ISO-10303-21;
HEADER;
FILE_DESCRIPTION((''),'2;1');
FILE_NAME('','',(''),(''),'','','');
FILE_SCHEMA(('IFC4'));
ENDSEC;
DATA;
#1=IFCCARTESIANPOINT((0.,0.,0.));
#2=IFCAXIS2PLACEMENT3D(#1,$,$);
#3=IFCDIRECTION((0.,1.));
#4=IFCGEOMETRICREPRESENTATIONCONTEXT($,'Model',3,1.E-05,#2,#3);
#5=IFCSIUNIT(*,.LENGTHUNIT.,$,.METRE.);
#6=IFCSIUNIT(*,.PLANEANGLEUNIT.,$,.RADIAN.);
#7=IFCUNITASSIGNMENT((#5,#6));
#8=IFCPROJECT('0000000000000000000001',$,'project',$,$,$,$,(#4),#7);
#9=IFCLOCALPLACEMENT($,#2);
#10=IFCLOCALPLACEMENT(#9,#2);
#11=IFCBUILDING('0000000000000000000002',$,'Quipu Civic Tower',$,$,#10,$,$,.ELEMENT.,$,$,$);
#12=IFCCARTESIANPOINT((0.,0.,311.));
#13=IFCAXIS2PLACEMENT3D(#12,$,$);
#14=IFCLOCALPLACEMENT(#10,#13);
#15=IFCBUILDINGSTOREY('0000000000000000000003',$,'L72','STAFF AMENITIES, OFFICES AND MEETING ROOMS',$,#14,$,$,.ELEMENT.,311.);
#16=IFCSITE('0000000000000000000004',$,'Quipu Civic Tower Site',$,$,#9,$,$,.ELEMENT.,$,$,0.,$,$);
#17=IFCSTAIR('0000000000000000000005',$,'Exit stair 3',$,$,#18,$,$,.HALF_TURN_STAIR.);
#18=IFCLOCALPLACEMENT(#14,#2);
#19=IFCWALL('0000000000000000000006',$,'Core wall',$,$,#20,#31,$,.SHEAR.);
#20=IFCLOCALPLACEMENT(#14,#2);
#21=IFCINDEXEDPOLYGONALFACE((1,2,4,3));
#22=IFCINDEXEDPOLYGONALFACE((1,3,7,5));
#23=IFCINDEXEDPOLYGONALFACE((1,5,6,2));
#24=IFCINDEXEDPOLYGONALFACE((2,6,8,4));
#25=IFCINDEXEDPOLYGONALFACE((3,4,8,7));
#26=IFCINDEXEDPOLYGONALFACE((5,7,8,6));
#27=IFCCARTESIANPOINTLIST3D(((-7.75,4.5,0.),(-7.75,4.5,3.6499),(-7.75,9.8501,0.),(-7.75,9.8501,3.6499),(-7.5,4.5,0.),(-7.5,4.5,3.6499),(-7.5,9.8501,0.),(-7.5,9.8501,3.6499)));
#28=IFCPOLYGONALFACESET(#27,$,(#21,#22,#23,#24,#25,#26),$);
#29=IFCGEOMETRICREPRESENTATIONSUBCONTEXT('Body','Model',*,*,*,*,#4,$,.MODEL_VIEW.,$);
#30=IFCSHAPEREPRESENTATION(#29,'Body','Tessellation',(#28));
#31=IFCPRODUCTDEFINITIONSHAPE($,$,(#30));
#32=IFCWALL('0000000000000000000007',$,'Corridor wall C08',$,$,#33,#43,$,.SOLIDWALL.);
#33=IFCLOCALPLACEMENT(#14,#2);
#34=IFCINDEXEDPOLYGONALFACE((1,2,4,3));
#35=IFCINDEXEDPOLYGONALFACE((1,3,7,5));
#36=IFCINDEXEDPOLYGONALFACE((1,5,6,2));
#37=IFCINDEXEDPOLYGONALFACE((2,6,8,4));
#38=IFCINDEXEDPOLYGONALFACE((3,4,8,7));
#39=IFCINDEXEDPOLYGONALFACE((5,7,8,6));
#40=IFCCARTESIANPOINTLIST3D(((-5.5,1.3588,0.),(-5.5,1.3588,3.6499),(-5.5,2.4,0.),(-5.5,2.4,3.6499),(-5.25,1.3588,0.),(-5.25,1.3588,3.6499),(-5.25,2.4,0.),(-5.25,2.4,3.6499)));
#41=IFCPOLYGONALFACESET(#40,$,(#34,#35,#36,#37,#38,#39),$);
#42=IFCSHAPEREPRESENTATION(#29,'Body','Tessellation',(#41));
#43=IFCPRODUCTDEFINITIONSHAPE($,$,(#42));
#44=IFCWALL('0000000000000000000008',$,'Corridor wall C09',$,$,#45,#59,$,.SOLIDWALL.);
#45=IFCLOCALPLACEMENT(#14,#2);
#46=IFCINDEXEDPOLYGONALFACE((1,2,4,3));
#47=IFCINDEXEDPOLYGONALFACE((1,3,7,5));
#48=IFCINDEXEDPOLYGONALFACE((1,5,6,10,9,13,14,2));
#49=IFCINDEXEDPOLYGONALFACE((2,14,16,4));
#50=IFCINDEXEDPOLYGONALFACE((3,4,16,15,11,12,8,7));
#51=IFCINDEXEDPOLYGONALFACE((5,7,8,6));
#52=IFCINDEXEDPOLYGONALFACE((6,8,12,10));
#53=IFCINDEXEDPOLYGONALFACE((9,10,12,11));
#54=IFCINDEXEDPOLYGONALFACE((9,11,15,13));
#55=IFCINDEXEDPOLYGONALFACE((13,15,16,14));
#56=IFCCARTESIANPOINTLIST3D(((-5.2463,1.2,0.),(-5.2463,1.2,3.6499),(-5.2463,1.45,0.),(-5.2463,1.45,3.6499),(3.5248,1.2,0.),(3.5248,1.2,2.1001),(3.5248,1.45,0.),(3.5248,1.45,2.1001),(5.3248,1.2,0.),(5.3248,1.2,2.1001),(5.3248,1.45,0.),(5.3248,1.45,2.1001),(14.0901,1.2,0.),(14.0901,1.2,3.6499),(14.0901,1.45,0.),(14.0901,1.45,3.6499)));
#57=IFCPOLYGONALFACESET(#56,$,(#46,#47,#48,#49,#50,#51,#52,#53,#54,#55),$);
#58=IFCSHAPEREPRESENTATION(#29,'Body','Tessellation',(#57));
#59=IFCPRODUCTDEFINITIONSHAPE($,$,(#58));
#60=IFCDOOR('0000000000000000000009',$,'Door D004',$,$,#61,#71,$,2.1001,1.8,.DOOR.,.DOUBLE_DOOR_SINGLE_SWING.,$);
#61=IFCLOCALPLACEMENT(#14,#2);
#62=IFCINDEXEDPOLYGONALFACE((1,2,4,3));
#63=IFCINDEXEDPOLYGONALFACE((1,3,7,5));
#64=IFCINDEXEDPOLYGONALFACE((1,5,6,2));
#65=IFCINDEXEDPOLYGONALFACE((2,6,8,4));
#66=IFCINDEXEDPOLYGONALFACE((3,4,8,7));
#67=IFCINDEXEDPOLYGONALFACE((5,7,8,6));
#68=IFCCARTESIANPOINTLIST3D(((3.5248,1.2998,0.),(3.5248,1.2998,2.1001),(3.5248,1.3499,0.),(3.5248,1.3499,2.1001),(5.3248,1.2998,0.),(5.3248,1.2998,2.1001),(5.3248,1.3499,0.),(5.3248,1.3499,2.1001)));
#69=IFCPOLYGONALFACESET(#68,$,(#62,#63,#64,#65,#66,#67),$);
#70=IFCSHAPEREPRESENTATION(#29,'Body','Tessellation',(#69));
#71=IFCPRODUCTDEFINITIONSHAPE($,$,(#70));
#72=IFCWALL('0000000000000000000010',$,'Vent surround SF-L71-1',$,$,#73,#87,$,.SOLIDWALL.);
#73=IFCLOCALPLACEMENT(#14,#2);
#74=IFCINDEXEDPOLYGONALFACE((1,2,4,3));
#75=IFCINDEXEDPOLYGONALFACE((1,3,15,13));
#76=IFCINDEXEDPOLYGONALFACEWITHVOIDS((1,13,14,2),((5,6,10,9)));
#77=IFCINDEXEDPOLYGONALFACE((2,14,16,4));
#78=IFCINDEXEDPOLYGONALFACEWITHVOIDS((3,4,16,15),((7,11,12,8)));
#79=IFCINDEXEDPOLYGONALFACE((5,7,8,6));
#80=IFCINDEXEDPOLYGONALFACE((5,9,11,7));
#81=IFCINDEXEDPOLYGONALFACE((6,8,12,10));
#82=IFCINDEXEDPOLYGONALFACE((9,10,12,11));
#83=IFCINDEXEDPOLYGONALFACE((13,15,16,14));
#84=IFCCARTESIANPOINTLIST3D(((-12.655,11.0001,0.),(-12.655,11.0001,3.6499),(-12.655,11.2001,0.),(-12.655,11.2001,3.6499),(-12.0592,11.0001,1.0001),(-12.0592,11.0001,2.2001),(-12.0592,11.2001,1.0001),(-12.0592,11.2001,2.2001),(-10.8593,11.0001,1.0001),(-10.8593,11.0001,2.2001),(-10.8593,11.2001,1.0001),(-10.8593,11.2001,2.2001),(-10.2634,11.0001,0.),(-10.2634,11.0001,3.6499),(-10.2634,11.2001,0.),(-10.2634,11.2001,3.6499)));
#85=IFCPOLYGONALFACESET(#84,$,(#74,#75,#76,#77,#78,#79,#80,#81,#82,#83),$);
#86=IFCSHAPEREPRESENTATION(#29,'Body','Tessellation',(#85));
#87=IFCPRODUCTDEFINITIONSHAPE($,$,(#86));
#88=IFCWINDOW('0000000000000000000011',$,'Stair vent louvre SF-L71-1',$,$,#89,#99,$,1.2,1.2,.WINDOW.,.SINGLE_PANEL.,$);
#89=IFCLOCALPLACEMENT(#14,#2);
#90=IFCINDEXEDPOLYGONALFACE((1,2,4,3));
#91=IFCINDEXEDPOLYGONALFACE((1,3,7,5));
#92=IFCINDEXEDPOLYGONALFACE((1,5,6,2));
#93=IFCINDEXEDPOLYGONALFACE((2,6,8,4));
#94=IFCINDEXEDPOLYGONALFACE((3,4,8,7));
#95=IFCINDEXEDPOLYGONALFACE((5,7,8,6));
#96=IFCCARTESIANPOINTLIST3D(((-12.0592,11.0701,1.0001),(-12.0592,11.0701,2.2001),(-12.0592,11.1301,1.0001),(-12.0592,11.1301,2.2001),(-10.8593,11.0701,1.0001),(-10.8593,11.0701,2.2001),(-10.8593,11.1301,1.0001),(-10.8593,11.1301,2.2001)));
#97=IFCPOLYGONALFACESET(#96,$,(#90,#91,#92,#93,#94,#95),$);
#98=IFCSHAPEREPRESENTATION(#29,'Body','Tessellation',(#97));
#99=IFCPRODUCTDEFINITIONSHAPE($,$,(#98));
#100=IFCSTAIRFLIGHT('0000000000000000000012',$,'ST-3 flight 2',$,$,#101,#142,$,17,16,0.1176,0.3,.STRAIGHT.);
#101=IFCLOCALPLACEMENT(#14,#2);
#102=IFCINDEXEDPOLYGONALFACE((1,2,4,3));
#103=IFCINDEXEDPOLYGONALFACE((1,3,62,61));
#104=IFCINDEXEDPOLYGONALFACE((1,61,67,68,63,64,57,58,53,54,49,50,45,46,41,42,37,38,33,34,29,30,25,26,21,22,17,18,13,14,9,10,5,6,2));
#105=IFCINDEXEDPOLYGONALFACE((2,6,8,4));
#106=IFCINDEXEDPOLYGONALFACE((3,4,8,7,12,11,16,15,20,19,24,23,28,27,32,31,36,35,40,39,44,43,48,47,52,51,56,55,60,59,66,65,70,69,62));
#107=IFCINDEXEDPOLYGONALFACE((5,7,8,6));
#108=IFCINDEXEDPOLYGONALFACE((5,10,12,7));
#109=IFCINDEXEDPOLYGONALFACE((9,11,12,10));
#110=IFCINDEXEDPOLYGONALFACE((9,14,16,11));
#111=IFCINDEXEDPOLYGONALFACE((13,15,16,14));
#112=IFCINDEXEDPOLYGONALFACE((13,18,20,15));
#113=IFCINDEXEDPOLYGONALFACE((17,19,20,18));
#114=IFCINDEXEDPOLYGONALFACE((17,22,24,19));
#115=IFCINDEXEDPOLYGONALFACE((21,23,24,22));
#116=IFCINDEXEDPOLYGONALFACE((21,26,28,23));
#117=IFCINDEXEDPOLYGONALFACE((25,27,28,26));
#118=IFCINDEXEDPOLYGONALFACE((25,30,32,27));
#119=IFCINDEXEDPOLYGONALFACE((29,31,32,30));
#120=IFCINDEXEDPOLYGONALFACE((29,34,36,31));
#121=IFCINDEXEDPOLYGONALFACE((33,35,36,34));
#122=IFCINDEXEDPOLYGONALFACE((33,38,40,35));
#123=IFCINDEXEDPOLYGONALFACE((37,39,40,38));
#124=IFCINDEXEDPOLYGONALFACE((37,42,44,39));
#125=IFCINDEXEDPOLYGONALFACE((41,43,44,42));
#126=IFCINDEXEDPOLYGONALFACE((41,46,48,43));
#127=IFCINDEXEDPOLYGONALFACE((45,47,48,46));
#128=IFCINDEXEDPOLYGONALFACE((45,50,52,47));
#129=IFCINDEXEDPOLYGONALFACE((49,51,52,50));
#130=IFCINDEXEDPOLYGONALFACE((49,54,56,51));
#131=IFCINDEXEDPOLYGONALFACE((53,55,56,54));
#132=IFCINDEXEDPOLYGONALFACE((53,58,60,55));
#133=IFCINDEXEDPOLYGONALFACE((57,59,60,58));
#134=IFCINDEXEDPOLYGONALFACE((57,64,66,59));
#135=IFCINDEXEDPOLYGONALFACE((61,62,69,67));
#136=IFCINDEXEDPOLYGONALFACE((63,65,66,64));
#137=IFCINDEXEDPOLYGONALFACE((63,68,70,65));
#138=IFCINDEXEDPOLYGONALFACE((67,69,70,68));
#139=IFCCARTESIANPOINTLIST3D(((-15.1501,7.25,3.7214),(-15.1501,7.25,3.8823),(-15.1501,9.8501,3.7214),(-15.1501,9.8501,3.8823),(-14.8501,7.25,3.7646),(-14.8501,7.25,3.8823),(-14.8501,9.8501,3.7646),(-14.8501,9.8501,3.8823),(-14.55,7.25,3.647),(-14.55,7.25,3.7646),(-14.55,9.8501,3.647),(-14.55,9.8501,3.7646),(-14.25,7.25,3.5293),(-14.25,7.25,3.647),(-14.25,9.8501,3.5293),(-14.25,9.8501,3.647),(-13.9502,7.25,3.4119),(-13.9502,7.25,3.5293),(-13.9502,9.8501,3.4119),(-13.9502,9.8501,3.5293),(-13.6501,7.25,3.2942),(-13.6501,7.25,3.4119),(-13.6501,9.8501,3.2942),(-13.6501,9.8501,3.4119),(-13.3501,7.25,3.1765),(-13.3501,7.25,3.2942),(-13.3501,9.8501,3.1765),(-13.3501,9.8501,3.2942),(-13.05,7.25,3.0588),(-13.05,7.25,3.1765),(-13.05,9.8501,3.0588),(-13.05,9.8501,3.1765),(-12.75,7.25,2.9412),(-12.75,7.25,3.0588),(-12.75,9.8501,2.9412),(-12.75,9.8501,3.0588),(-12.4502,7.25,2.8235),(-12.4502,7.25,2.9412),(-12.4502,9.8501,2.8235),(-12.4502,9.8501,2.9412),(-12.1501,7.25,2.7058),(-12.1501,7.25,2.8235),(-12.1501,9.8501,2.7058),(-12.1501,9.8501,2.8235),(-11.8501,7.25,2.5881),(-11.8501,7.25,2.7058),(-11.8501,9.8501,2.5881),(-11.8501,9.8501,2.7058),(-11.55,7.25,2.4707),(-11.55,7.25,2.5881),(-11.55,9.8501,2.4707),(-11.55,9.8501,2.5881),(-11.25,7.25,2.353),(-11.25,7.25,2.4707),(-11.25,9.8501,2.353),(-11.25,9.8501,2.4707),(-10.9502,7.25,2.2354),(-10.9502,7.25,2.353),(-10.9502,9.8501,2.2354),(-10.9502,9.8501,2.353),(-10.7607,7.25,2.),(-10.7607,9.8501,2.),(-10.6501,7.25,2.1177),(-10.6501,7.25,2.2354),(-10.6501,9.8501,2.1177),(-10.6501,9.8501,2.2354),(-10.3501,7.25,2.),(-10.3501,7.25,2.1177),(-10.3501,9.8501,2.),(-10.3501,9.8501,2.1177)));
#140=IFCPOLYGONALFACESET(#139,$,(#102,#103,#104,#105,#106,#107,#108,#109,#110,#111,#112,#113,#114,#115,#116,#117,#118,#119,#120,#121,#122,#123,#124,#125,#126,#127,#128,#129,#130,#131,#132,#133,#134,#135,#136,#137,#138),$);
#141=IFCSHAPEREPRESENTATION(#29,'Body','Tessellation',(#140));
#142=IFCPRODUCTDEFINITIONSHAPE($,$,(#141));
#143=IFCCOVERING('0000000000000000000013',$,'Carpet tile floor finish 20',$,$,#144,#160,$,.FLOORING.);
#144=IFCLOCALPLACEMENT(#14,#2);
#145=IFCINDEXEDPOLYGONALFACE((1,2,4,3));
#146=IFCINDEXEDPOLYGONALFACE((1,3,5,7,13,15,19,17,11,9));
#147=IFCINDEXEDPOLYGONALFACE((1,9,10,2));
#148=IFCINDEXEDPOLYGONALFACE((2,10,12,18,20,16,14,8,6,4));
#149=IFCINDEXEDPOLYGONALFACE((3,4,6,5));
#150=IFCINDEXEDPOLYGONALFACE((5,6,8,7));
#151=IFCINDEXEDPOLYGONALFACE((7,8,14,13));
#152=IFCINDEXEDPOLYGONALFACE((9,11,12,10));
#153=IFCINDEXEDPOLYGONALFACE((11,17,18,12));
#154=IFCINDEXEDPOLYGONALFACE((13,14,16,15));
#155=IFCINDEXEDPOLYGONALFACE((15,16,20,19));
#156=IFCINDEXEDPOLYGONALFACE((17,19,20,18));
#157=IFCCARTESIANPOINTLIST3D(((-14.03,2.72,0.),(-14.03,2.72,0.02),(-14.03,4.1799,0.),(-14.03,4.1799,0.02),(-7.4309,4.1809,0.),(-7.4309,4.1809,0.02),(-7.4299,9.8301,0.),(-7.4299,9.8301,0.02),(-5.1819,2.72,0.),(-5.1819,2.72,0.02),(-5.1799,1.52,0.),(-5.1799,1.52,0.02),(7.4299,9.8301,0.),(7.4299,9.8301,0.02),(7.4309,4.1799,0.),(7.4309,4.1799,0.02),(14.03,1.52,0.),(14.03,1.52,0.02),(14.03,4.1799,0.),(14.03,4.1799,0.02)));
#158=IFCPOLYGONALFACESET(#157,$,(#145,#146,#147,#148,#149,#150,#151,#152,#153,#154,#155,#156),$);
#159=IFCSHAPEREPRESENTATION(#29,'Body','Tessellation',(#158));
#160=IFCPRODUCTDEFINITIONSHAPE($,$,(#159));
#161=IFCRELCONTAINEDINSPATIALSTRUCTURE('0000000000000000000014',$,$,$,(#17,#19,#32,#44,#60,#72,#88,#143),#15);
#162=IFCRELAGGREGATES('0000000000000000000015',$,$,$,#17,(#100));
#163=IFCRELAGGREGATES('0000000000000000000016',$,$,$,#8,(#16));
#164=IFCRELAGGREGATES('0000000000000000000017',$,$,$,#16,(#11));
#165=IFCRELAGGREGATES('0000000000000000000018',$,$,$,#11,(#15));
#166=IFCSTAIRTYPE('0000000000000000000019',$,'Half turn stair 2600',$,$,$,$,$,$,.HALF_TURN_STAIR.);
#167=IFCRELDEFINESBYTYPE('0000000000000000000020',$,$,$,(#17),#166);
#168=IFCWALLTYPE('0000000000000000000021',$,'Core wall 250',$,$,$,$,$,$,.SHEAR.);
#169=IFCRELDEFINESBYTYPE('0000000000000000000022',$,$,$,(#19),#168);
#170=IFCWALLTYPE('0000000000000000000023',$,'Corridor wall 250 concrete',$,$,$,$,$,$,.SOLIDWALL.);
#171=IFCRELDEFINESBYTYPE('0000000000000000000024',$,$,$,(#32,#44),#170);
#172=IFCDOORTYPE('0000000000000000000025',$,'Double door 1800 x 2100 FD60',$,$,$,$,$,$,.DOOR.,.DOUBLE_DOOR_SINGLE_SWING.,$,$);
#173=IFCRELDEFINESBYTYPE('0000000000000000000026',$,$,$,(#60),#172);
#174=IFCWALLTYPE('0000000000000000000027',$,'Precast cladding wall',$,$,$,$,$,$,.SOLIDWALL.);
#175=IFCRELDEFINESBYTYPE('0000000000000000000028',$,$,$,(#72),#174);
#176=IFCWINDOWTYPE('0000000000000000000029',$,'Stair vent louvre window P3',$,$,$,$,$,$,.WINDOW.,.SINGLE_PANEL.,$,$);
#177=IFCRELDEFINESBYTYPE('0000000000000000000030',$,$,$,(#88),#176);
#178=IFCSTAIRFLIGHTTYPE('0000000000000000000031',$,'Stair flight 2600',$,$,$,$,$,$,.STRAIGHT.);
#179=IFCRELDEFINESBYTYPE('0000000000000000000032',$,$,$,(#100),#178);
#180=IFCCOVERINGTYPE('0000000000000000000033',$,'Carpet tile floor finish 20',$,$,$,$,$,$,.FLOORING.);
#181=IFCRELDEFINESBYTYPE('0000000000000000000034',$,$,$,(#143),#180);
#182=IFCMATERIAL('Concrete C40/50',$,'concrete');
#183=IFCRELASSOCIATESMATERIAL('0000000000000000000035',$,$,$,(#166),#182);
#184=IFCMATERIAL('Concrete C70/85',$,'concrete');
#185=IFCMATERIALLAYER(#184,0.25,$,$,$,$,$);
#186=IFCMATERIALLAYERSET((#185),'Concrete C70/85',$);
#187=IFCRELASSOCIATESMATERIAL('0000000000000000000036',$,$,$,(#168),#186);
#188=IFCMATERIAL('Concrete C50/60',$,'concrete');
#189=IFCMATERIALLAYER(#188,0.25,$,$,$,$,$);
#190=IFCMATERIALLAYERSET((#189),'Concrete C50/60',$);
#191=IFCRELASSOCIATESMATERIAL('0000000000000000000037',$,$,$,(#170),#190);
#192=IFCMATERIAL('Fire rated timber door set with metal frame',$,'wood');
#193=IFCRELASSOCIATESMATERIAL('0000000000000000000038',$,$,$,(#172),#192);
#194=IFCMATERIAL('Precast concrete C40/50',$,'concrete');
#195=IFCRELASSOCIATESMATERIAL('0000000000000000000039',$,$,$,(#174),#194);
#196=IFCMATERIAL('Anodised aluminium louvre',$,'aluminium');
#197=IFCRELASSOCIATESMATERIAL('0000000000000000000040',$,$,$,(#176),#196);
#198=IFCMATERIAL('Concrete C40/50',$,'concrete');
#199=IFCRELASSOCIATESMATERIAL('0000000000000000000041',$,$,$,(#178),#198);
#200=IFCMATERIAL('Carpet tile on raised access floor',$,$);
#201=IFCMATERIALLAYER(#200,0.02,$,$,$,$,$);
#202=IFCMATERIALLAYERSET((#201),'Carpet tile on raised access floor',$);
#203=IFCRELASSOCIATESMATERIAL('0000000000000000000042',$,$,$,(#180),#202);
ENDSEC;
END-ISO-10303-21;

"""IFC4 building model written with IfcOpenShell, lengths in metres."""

from ifc_helpers import new_model, si_unit, direction, frame, frame_2d, origin, place, context, subcontext, project, spatial, polyline, rectangle, outline, extrude, material, layer, layer_set, type_object, element, fill, aggregate, save


model = new_model("IFC4")

# Units and contexts
model_context = context("Model", 3, precision=1e-05, world=origin(), true_north=direction((0.0, 1.0)))
body_context = subcontext(model_context, "Body", "Model", "MODEL_VIEW")
ifc_project = project(units=[si_unit("LENGTHUNIT", "METRE"), si_unit("PLANEANGLEUNIT", "RADIAN")], contexts=[model_context])

# Site, building, storey
site_placement = place(None, origin())
site = spatial("IfcSite", under=ifc_project, at=site_placement, Name="Quipu Civic Tower Site", CompositionType="ELEMENT", RefElevation=0.0)
building_placement = place(site_placement, origin())
building = spatial("IfcBuilding", under=site, at=building_placement, Name="Quipu Civic Tower", CompositionType="ELEMENT")
storey_placement = place(building_placement, frame((0.0, 0.0, 311.0)))
storey = spatial("IfcBuildingStorey", under=building, at=storey_placement, Name="L72", Description="STAFF AMENITIES, OFFICES AND MEETING ROOMS", CompositionType="ELEMENT", Elevation=311.0)

# Stair
ifc_material_1 = material(Name="Concrete C40/50", Category="concrete")
stair_type = type_object("IfcStairType", Name="Half turn stair 2600", PredefinedType="HALF_TURN_STAIR", material=ifc_material_1)
stair_1_placement = place(storey_placement, origin())
stair_1 = element("IfcStair", 1, at=stair_1_placement, inside=storey, type_object=stair_type, Name="Exit stair 3", PredefinedType="HALF_TURN_STAIR")

# Walls
ifc_material_2 = material(Name="Concrete C70/85", Category="concrete")
ifc_layer_1 = layer(ifc_material_2, 0.25)
ifc_layer_set_1 = layer_set([ifc_layer_1], Name="Concrete C70/85")
wall_type_1 = type_object("IfcWallType", Name="Core wall 250", PredefinedType="SHEAR", material=ifc_layer_set_1)
wall_1_placement = place(storey_placement, frame((-7.625, 4.5, 0.0), z_axis=(0.0, 0.0, 1.0), x_axis=(0.0, 1.0, 0.0)))
element("IfcWall", 2, at=wall_1_placement, inside=storey, type_object=wall_type_1, Name="Core wall", PredefinedType="SHEAR", context=body_context, shape_type="SweptSolid", body=[
    extrude(rectangle(XDim=5.3501, YDim=0.25, at=frame_2d((2.675, 0.0))), origin(), (0.0, 0.0, 1.0), 3.6499),
])
ifc_material_3 = material(Name="Concrete C50/60", Category="concrete")
ifc_layer_2 = layer(ifc_material_3, 0.25)
ifc_layer_set_2 = layer_set([ifc_layer_2], Name="Concrete C50/60")
wall_type_2 = type_object("IfcWallType", Name="Corridor wall 250 concrete", PredefinedType="SOLIDWALL", material=ifc_layer_set_2)
wall_2_placement = place(storey_placement, frame((-5.375, 2.3999, 0.0), z_axis=(0.0, 0.0, 1.0), x_axis=(0.0, -1.0, 0.0)))
element("IfcWall", 3, at=wall_2_placement, inside=storey, type_object=wall_type_2, Name="Corridor wall C08", PredefinedType="SOLIDWALL", context=body_context, shape_type="SweptSolid", body=[
    extrude(rectangle(XDim=1.0413, YDim=0.25, at=frame_2d((0.5205, 0.0))), origin(), (0.0, 0.0, 1.0), 3.6499),
])

# Wall, opening, door
wall_3_placement = place(storey_placement, frame((-5.2463, 1.325, 0.0), z_axis=(0.0, 0.0, 1.0), x_axis=(1.0, 0.0, 0.0)))
wall_3 = element("IfcWall", 4, at=wall_3_placement, inside=storey, type_object=wall_type_2, Name="Corridor wall C09", PredefinedType="SOLIDWALL", context=body_context, shape_type="SweptSolid", body=[
    extrude(rectangle(XDim=19.3364, YDim=0.25, at=frame_2d((9.6682, 0.0))), origin(), (0.0, 0.0, 1.0), 3.6499),
])
opening_1_placement = place(wall_3_placement, frame((8.7712, 0.0, 0.0)))
opening_1 = element("IfcOpeningElement", 5, at=opening_1_placement, cuts=wall_3, PredefinedType="OPENING", context=body_context, shape_type="SweptSolid", body=[
    extrude(rectangle(XDim=1.8, YDim=2.1001, at=frame_2d((0.8999, 1.05))), frame((0.0, 0.135, 0.0), z_axis=(0.0, -1.0, 0.0), x_axis=(1.0, 0.0, 0.0)), (0.0, 0.0, 1.0), 0.27),
])
ifc_material_4 = material(Name="Fire rated timber door set with metal frame", Category="wood")
door_type = type_object("IfcDoorType", Name="Double door 1800 x 2100 FD60", OperationType="DOUBLE_DOOR_SINGLE_SWING", PredefinedType="DOOR", material=ifc_material_4)
door_placement = place(opening_1_placement, origin())
door = element("IfcDoor", 6, at=door_placement, inside=storey, type_object=door_type, Name="Door D004", OperationType="DOUBLE_DOOR_SINGLE_SWING", OverallHeight=2.1001, OverallWidth=1.8, PredefinedType="DOOR", context=body_context, shape_type="SweptSolid", body=[
    extrude(rectangle(XDim=1.8, YDim=2.1001, at=frame_2d((0.8999, 1.05))), frame((0.0, 0.0249, 0.0), z_axis=(0.0, -1.0, 0.0), x_axis=(1.0, 0.0, 0.0)), (0.0, 0.0, 1.0), 0.05),
])
fill(opening_1, door)

# Wall, opening, window
ifc_material_5 = material(Name="Precast concrete C40/50", Category="concrete")
wall_type_3 = type_object("IfcWallType", Name="Precast cladding wall", PredefinedType="SOLIDWALL", material=ifc_material_5)
wall_4_placement = place(storey_placement, frame((-10.2634, 11.1001, 0.0), z_axis=(0.0, 0.0, 1.0), x_axis=(-1.0, 0.0, 0.0)))
wall_4 = element("IfcWall", 7, at=wall_4_placement, inside=storey, type_object=wall_type_3, Name="Vent surround SF-L71-1", PredefinedType="SOLIDWALL", context=body_context, shape_type="SweptSolid", body=[
    extrude(rectangle(XDim=2.3916, YDim=0.2, at=frame_2d((1.1958, 0.0))), origin(), (0.0, 0.0, 1.0), 3.6499),
])
opening_2_placement = place(wall_4_placement, frame((0.5957, 0.0, 1.0)))
opening_2 = element("IfcOpeningElement", 8, at=opening_2_placement, cuts=wall_4, PredefinedType="OPENING", context=body_context, shape_type="SweptSolid", body=[
    extrude(rectangle(XDim=1.2, YDim=1.2, at=frame_2d((0.6001, 0.6001))), frame((0.0, 0.1099, 0.0), z_axis=(0.0, -1.0, 0.0), x_axis=(1.0, 0.0, 0.0)), (0.0, 0.0, 1.0), 0.22),
])
ifc_material_6 = material(Name="Anodised aluminium louvre", Category="aluminium")
window_type = type_object("IfcWindowType", Name="Stair vent louvre window P3", PartitioningType="SINGLE_PANEL", PredefinedType="WINDOW", material=ifc_material_6)
window_placement = place(opening_2_placement, origin())
window = element("IfcWindow", 9, at=window_placement, inside=storey, type_object=window_type, Name="Stair vent louvre SF-L71-1", OverallHeight=1.2, OverallWidth=1.2, PartitioningType="SINGLE_PANEL", PredefinedType="WINDOW", context=body_context, shape_type="SweptSolid", body=[
    extrude(rectangle(XDim=1.2, YDim=1.2, at=frame_2d((0.6001, 0.6001))), frame((0.0, 0.03, 0.0), z_axis=(0.0, -1.0, 0.0), x_axis=(1.0, 0.0, 0.0)), (0.0, 0.0, 1.0), 0.0601),
])
fill(opening_2, window)

# Stair flight
ifc_material_7 = material(Name="Concrete C40/50", Category="concrete")
stair_flight_type = type_object("IfcStairFlightType", Name="Stair flight 2600", PredefinedType="STRAIGHT", material=ifc_material_7)
stair_flight_placement = place(storey_placement, frame((-10.3501, 8.55, 2.0), z_axis=(0.0, 0.0, 1.0), x_axis=(-1.0, 0.0, 0.0)))
stair_flight = element("IfcStairFlight", 10, at=stair_flight_placement, type_object=stair_flight_type, Name="ST-3 flight 2", NumberOfRisers=17, NumberOfTreads=16, PredefinedType="STRAIGHT", RiserHeight=0.1176, TreadLength=0.3, context=body_context, shape_type="SweptSolid", body=[
    extrude(outline(polyline([(0.0, 0.0), (0.0, 0.1177), (0.3, 0.1177), (0.3, 0.2354), (0.6001, 0.2354), (0.6001, 0.353), (0.8999, 0.353), (0.8999, 0.4707), (1.2, 0.4707), (1.2, 0.5881), (1.5, 0.5881), (1.5, 0.7058), (1.8, 0.7058), (1.8, 0.8235), (2.1001, 0.8235), (2.1001, 0.9412), (2.3999, 0.9412), (2.3999, 1.0588), (2.7, 1.0588), (2.7, 1.1765), (3.0, 1.1765), (3.0, 1.2942), (3.3, 1.2942), (3.3, 1.4119), (3.6001, 1.4119), (3.6001, 1.5293), (3.8999, 1.5293), (3.8999, 1.647), (4.2, 1.647), (4.2, 1.7646), (4.5, 1.7646), (4.5, 1.8823), (4.8, 1.8823), (4.8, 2.0), (4.8, 1.7214), (0.4106, 0.0), (0.0, 0.0)])), frame((0.0, 1.3, 0.0), z_axis=(0.0, -1.0, 0.0), x_axis=(1.0, 0.0, 0.0)), (0.0, 0.0, 1.0), 2.6001),
])
aggregate(stair_1, [stair_flight])

# Covering
ifc_material_8 = material(Name="Carpet tile on raised access floor")
ifc_layer_3 = layer(ifc_material_8, 0.02)
ifc_layer_set_3 = layer_set([ifc_layer_3], Name="Carpet tile on raised access floor")
covering_type_1 = type_object("IfcCoveringType", Name="Carpet tile floor finish 20", PredefinedType="FLOORING", material=ifc_layer_set_3)
covering_1_placement = place(storey_placement, origin())
element("IfcCovering", 11, at=covering_1_placement, inside=storey, type_object=covering_type_1, Name="Carpet tile floor finish 20", PredefinedType="FLOORING", context=body_context, shape_type="SweptSolid", body=[
    extrude(outline(polyline([(-14.03, 2.72), (-14.03, 4.1799), (-7.4309, 4.1809), (-7.4299, 9.8301), (7.4299, 9.8301), (7.4309, 4.1799), (14.03, 4.1799), (14.03, 1.52), (-5.1799, 1.52), (-5.1819, 2.72), (-14.03, 2.72)])), origin(), (0.0, 0.0, 1.0), 0.02),
])

save(model, "model.ifc")
